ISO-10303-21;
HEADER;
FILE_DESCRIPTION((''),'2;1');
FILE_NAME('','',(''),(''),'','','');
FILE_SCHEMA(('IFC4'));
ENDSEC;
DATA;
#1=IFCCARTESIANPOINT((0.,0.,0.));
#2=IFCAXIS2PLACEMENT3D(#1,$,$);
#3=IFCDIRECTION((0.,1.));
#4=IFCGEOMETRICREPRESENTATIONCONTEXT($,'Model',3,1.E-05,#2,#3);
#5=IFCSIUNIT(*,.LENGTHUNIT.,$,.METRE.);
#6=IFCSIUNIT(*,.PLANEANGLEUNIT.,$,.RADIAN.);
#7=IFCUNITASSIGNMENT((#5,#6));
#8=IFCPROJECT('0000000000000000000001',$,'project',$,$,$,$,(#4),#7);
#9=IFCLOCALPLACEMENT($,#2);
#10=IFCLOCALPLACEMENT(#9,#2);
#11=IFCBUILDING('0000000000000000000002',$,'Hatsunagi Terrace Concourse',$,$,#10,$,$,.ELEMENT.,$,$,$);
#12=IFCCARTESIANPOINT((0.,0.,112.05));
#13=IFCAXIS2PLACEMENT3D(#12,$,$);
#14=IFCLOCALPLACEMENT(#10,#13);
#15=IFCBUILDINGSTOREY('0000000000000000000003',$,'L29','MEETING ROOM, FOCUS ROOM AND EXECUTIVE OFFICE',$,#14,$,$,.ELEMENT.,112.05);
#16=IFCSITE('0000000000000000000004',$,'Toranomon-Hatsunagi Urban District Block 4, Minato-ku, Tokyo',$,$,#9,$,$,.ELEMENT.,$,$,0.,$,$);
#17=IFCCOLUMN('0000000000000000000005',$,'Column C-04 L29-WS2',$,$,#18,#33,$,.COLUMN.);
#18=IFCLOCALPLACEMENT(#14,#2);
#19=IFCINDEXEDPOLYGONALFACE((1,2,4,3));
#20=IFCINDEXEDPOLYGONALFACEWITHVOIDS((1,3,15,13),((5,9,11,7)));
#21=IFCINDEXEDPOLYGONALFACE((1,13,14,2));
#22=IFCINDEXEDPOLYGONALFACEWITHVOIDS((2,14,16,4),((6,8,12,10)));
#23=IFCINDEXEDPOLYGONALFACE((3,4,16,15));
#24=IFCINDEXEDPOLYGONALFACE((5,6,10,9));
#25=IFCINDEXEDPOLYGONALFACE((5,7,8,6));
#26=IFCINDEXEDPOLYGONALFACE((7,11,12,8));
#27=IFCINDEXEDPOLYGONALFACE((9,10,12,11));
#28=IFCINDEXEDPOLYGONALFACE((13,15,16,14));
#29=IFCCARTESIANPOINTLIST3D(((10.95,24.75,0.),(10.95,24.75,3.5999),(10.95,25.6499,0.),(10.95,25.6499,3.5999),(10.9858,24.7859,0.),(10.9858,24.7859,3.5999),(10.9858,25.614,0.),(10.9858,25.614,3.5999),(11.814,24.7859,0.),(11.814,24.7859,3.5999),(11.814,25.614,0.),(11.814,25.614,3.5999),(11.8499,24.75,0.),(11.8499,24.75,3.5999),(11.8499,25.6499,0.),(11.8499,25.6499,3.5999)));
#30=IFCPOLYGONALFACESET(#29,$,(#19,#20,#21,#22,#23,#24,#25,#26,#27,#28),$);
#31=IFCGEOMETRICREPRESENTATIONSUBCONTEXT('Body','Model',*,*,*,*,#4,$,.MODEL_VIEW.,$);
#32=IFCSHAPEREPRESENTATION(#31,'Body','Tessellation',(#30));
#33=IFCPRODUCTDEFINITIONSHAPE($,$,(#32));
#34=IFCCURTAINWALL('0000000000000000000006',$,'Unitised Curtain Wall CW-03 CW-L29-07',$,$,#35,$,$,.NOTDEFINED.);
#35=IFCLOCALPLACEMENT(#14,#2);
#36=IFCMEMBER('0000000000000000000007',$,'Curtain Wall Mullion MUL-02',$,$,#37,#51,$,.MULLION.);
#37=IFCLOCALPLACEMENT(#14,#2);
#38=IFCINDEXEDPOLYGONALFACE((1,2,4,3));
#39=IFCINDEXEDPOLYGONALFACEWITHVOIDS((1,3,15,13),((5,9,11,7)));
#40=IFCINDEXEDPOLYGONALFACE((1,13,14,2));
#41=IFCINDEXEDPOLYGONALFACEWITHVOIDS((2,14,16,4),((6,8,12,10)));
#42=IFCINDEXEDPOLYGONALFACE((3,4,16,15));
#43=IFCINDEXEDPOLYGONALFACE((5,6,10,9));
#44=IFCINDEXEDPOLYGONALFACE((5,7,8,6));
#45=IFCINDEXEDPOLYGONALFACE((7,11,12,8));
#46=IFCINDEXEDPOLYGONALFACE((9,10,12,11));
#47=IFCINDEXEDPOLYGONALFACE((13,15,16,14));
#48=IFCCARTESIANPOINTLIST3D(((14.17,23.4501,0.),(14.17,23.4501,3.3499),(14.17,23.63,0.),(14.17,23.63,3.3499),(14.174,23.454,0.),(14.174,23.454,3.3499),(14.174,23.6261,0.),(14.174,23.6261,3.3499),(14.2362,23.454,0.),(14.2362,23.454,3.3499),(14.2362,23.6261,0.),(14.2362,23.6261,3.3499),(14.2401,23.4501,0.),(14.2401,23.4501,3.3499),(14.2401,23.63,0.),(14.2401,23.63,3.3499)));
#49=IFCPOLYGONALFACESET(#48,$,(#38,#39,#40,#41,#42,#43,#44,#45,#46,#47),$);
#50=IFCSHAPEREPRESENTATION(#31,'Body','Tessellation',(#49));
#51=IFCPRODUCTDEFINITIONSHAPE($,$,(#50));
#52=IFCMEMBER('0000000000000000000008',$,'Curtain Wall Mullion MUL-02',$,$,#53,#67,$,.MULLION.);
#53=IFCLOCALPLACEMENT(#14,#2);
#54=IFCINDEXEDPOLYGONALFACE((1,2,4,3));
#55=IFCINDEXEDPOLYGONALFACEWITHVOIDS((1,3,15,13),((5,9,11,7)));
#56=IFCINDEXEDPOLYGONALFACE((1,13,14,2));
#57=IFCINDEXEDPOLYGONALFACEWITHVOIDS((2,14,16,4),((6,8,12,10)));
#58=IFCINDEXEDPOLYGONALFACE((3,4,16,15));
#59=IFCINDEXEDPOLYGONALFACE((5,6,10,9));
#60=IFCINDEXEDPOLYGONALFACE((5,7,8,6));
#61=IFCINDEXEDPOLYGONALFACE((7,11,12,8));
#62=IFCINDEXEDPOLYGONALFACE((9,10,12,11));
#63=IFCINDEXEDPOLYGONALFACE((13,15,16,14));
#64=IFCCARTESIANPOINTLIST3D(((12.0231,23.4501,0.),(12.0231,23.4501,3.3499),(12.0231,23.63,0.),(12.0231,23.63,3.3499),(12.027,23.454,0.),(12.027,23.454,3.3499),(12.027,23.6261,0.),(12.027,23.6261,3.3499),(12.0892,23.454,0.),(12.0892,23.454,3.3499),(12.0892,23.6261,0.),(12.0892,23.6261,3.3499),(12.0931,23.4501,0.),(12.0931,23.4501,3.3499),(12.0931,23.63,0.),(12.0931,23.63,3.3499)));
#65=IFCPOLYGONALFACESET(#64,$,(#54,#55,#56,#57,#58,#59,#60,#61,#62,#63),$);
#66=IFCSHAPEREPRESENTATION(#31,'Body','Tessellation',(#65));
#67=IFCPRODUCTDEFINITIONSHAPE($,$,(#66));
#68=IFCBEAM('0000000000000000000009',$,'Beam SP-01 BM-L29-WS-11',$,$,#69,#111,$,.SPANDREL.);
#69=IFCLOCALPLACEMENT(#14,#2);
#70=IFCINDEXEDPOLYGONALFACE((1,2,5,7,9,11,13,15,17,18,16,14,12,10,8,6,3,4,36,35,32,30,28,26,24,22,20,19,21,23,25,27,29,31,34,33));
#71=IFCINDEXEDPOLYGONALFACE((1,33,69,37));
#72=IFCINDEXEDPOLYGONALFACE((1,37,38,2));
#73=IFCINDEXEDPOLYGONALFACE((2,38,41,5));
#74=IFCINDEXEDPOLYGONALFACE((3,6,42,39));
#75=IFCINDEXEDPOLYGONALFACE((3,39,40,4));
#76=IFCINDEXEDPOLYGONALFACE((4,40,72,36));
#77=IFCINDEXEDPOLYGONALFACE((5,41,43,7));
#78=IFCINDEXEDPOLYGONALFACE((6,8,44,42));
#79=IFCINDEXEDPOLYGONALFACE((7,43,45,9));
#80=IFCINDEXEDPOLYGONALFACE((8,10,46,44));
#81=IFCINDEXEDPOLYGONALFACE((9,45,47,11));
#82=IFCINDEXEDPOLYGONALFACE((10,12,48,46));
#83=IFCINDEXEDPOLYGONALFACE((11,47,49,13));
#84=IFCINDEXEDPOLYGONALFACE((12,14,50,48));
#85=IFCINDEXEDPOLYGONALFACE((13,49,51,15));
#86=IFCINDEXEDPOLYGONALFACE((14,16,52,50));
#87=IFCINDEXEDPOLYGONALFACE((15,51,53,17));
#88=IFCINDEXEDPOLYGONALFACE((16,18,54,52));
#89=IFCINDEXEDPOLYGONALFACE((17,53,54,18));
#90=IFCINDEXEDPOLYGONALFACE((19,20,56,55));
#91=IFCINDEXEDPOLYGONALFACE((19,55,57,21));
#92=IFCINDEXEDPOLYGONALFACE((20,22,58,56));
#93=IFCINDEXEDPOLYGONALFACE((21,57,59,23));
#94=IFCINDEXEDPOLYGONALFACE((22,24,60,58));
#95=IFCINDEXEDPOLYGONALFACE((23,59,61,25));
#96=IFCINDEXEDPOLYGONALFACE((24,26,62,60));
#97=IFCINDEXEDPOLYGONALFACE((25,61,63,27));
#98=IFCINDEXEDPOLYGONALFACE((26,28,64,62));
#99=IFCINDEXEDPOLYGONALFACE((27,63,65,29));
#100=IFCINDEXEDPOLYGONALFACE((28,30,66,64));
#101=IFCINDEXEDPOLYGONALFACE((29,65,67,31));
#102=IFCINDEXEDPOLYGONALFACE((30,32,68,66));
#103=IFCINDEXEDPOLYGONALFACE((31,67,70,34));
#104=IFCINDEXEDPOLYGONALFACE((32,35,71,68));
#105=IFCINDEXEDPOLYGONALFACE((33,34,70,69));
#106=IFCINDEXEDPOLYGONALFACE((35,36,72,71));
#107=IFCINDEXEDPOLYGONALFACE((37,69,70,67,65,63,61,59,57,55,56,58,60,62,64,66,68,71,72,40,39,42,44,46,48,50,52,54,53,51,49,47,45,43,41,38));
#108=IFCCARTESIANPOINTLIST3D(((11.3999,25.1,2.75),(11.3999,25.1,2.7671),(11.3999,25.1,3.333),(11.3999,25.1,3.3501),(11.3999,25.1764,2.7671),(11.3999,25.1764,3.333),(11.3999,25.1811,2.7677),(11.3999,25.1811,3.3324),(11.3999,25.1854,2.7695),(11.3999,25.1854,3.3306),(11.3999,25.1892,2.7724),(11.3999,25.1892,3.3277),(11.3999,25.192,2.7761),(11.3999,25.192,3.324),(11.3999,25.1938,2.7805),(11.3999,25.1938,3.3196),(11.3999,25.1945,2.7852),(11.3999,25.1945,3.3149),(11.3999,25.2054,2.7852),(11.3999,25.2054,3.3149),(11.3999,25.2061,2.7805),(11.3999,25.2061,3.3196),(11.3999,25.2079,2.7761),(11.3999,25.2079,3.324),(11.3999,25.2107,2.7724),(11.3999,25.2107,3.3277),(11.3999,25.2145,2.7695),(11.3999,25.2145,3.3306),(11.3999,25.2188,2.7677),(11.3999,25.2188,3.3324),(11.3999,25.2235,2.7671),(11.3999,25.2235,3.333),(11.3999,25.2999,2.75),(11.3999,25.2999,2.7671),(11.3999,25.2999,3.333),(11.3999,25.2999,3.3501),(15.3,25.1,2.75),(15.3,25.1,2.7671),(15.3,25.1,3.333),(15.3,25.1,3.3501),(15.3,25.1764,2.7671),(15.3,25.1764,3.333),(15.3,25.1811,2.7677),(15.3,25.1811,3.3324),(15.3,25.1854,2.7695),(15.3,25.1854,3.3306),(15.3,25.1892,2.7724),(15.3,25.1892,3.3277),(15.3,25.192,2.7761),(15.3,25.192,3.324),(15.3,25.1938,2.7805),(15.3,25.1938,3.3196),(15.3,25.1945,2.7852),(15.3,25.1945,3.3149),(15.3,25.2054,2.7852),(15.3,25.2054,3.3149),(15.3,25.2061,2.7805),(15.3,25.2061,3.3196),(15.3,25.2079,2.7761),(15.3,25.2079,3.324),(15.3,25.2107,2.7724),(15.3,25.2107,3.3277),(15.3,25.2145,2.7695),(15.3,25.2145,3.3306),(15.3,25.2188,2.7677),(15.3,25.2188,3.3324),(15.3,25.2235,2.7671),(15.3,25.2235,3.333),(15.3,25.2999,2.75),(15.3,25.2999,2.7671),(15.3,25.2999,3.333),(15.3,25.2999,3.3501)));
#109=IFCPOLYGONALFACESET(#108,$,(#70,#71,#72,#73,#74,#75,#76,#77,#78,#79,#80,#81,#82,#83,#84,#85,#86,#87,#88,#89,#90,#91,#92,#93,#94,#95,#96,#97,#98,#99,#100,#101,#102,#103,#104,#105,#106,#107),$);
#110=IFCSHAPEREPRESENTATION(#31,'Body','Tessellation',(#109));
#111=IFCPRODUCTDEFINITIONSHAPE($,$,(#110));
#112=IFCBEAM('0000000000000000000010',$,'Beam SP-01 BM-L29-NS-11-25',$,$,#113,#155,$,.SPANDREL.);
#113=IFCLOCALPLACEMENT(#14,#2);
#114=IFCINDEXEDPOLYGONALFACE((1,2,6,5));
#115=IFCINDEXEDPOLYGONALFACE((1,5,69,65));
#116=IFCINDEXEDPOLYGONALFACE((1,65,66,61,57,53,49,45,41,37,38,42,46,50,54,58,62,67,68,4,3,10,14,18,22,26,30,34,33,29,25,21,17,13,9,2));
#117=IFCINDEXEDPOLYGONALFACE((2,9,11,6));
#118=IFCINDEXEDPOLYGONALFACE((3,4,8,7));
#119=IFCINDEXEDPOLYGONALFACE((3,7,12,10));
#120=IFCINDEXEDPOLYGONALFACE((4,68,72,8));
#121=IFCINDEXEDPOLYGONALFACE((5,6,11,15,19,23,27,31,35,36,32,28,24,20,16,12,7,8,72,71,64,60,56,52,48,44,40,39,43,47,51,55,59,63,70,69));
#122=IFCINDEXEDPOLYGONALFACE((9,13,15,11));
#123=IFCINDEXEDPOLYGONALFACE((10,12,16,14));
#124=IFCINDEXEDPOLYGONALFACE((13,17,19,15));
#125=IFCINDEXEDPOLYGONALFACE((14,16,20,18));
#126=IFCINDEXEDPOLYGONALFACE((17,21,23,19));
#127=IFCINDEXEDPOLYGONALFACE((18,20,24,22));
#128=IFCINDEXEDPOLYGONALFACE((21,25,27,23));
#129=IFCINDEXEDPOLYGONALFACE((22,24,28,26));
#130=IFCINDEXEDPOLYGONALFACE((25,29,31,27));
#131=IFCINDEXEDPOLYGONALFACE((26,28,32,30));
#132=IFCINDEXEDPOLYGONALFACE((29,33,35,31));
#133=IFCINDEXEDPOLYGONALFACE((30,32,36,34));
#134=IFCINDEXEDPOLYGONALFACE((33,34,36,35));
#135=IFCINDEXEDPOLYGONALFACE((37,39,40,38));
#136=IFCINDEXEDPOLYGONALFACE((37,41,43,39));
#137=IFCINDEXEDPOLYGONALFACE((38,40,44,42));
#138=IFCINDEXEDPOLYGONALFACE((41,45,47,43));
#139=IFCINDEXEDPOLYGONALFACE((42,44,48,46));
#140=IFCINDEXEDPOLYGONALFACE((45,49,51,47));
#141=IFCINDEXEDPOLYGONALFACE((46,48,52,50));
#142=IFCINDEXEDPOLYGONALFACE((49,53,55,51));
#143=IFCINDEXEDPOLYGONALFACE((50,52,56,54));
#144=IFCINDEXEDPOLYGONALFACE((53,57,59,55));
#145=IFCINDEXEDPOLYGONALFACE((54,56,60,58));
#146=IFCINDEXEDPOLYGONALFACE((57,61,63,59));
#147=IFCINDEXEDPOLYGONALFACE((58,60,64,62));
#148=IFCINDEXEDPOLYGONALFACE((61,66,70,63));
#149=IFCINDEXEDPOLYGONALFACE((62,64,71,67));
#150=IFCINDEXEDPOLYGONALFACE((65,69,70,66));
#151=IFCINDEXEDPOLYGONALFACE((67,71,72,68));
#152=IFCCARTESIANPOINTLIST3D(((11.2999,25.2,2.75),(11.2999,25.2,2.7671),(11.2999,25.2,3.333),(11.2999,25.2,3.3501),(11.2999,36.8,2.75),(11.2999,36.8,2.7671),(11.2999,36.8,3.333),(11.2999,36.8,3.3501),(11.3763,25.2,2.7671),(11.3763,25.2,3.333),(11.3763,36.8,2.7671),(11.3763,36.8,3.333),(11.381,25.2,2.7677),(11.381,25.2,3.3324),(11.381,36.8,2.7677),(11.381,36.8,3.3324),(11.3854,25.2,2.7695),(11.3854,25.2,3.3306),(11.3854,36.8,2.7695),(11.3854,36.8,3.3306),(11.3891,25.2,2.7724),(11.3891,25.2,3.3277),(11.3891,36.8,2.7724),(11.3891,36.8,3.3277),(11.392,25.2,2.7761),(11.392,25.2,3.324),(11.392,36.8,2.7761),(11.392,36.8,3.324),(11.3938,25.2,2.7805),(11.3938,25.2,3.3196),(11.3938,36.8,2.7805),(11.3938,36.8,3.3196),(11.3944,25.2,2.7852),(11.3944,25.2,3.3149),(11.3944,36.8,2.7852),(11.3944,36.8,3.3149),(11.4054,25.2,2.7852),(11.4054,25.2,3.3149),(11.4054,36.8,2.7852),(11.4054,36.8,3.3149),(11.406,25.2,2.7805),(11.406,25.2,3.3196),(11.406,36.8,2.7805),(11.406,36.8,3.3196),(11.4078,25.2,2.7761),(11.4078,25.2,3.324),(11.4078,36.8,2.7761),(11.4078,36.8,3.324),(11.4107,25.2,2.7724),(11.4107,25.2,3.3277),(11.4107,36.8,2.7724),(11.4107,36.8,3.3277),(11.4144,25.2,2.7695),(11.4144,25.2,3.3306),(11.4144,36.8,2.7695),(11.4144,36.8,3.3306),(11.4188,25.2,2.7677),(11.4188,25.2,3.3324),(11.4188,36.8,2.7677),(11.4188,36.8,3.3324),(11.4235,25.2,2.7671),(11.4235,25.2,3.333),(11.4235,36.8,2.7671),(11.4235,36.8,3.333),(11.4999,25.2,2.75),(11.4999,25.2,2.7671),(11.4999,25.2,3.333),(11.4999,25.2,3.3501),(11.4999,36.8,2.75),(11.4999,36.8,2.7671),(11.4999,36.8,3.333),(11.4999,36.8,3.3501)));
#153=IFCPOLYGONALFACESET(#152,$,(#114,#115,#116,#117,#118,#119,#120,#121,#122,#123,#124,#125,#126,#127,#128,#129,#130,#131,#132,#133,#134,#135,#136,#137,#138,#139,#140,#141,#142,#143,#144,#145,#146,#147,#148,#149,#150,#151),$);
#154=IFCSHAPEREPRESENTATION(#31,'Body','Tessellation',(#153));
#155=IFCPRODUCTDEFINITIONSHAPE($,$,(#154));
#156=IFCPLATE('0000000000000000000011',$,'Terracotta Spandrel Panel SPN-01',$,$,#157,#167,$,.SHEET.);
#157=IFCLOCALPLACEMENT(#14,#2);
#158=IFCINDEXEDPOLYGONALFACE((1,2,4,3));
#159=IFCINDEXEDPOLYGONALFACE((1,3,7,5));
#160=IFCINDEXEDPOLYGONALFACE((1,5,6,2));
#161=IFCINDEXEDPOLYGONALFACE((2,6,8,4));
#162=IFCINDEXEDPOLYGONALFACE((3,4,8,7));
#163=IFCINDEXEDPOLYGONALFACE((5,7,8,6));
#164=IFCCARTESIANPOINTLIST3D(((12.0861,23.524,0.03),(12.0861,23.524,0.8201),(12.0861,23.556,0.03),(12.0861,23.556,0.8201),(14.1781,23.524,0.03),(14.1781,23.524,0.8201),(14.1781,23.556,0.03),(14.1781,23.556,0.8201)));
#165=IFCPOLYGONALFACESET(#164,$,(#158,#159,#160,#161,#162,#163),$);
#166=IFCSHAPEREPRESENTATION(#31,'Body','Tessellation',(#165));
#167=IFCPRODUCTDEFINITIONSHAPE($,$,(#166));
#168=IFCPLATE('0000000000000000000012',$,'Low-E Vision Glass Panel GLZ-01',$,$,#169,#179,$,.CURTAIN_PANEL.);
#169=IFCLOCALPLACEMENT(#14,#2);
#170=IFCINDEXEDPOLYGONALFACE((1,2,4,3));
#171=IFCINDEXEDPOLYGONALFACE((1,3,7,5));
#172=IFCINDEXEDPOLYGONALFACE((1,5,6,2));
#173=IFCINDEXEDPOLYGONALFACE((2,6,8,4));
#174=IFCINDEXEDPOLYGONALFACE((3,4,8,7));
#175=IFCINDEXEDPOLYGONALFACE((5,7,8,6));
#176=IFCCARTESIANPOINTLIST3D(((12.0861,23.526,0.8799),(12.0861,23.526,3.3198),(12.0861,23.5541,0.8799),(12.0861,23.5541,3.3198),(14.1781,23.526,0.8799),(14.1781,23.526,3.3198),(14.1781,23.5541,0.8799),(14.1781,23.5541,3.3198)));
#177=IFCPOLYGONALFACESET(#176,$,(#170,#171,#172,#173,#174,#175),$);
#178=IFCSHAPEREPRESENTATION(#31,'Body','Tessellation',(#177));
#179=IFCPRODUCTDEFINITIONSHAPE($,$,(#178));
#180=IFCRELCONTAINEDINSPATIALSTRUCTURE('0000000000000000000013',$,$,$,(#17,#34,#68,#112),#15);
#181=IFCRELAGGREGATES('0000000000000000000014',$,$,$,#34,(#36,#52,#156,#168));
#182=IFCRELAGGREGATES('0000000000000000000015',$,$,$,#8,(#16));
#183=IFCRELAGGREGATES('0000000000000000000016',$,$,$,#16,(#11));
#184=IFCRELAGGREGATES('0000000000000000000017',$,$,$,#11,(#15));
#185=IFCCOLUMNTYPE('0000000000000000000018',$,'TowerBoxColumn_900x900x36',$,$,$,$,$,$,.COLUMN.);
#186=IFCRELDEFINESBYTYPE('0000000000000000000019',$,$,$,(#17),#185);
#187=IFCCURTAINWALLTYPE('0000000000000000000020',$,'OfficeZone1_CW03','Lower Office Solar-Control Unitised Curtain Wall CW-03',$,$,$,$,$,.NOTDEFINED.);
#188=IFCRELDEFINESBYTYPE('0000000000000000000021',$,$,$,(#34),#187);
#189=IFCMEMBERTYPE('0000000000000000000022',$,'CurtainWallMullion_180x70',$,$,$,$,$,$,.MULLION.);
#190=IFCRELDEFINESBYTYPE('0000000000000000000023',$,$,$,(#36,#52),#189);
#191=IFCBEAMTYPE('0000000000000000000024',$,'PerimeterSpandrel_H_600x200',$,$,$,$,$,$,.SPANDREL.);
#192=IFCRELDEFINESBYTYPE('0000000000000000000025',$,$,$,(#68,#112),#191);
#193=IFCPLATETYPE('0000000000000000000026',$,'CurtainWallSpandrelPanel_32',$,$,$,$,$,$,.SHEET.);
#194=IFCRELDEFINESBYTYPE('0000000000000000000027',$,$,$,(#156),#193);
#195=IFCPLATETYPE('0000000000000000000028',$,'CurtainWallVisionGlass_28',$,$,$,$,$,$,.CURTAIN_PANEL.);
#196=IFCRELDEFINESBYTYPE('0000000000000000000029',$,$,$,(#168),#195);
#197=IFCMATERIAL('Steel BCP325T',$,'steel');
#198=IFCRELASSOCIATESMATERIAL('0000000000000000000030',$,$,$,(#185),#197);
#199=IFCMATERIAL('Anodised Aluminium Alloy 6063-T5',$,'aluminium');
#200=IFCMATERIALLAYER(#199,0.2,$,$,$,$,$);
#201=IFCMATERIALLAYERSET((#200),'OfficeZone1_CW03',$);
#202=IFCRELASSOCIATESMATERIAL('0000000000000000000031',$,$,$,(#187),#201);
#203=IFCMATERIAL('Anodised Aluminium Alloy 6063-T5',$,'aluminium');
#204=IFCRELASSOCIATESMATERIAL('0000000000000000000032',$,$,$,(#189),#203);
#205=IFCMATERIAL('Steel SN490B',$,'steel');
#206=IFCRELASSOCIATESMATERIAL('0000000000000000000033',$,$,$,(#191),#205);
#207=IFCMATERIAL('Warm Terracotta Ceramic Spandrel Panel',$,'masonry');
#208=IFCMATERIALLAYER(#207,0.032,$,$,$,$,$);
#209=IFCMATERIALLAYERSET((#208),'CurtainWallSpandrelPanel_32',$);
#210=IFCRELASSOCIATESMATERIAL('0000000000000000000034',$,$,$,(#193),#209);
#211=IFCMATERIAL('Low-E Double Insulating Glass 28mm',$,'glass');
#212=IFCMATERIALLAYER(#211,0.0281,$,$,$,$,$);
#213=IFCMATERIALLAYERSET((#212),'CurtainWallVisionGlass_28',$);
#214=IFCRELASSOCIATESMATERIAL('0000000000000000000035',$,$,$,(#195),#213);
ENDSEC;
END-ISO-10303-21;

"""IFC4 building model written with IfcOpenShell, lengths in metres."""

from ifc_helpers import new_model, si_unit, direction, frame, origin, origin_2d, place, context, subcontext, project, spatial, rectangle, hollow_rectangle, i_section, extrude, material, layer, layer_set, material_profile, profile_set, type_object, element, aggregate, save


model = new_model("IFC4")

# Units and contexts
model_context = context("Model", 3, precision=1e-05, world=origin(), true_north=direction((0.0, 1.0)))
body_context = subcontext(model_context, "Body", "Model", "MODEL_VIEW")
ifc_project = project(units=[si_unit("LENGTHUNIT", "METRE"), si_unit("PLANEANGLEUNIT", "RADIAN")], contexts=[model_context])

# Site, building, storey
site_placement = place(None, origin())
site = spatial("IfcSite", under=ifc_project, at=site_placement, Name="Toranomon-Hatsunagi Urban District Block 4, Minato-ku, Tokyo", CompositionType="ELEMENT", RefElevation=0.0)
building_placement = place(site_placement, origin())
building = spatial("IfcBuilding", under=site, at=building_placement, Name="Hatsunagi Terrace Concourse", CompositionType="ELEMENT")
storey_placement = place(building_placement, frame((0.0, 0.0, 112.05)))
storey = spatial("IfcBuildingStorey", under=building, at=storey_placement, Name="L29", Description="MEETING ROOM, FOCUS ROOM AND EXECUTIVE OFFICE", CompositionType="ELEMENT", Elevation=112.05)

# Column
ifc_material_1 = material(Name="Steel BCP325T", Category="steel")
ifc_material_profile_1 = material_profile(ifc_material_1, hollow_rectangle(XDim=0.8999, YDim=0.8999, WallThickness=0.0359, at=origin_2d()), Name="BCP-900x900x36")
ifc_profile_set_1 = profile_set([ifc_material_profile_1], Name="Steel BCP325T")
column_type = type_object("IfcColumnType", Name="TowerBoxColumn_900x900x36", PredefinedType="COLUMN", material=ifc_profile_set_1)
column_placement = place(storey_placement, frame((11.3999, 25.2, 0.0), z_axis=(0.0, 0.0, 1.0), x_axis=(1.0, 0.0, 0.0)))
element("IfcColumn", 1, at=column_placement, inside=storey, type_object=column_type, Name="Column C-04 L29-WS2", PredefinedType="COLUMN", context=body_context, shape_type="SweptSolid", body=[
    extrude(hollow_rectangle(XDim=0.8999, YDim=0.8999, WallThickness=0.0359, at=origin_2d()), origin(), (0.0, 0.0, 1.0), 3.5999),
])

# Curtain wall, members
ifc_material_2 = material(Name="Anodised Aluminium Alloy 6063-T5", Category="aluminium")
ifc_layer_1 = layer(ifc_material_2, 0.2)
ifc_layer_set_1 = layer_set([ifc_layer_1], Name="OfficeZone1_CW03")
curtain_wall_type = type_object("IfcCurtainWallType", Name="OfficeZone1_CW03", Description="Lower Office Solar-Control Unitised Curtain Wall CW-03", PredefinedType="NOTDEFINED", material=ifc_layer_set_1)
curtain_wall_placement = place(storey_placement, origin())
curtain_wall = element("IfcCurtainWall", 2, at=curtain_wall_placement, inside=storey, type_object=curtain_wall_type, Name="Unitised Curtain Wall CW-03 CW-L29-07", PredefinedType="NOTDEFINED")
ifc_material_3 = material(Name="Anodised Aluminium Alloy 6063-T5", Category="aluminium")
ifc_material_profile_2 = material_profile(ifc_material_3, hollow_rectangle(XDim=0.0701, YDim=0.1799, WallThickness=0.0039, at=origin_2d()), Name="ALU-MUL-180x70x4")
ifc_profile_set_2 = profile_set([ifc_material_profile_2], Name="Anodised Aluminium Alloy 6063-T5")
member_type = type_object("IfcMemberType", Name="CurtainWallMullion_180x70", PredefinedType="MULLION", material=ifc_profile_set_2)
member_1_placement = place(storey_placement, frame((14.2051, 23.54, 0.0), z_axis=(0.0, 0.0, 1.0), x_axis=(-1.0, 0.0, 0.0)))
member_1 = element("IfcMember", 3, at=member_1_placement, type_object=member_type, Name="Curtain Wall Mullion MUL-02", PredefinedType="MULLION", context=body_context, shape_type="SweptSolid", body=[
    extrude(hollow_rectangle(XDim=0.0701, YDim=0.1799, WallThickness=0.0039, at=origin_2d()), origin(), (0.0, 0.0, 1.0), 3.3499),
])
member_2_placement = place(storey_placement, frame((12.0581, 23.54, 0.0), z_axis=(0.0, 0.0, 1.0), x_axis=(-1.0, 0.0, 0.0)))
member_2 = element("IfcMember", 4, at=member_2_placement, type_object=member_type, Name="Curtain Wall Mullion MUL-02", PredefinedType="MULLION", context=body_context, shape_type="SweptSolid", body=[
    extrude(hollow_rectangle(XDim=0.0701, YDim=0.1799, WallThickness=0.0039, at=origin_2d()), origin(), (0.0, 0.0, 1.0), 3.3499),
])

# Beams
ifc_material_4 = material(Name="Steel SN490B", Category="steel")
ifc_material_profile_3 = material_profile(ifc_material_4, i_section(OverallWidth=0.2, OverallDepth=0.6001, WebThickness=0.011, FlangeThickness=0.0171, FilletRadius=0.0181, at=origin_2d()), Name="H-600x200x11x17")
ifc_profile_set_3 = profile_set([ifc_material_profile_3], Name="Steel SN490B")
beam_type = type_object("IfcBeamType", Name="PerimeterSpandrel_H_600x200", PredefinedType="SPANDREL", material=ifc_profile_set_3)
beam_1_placement = place(storey_placement, frame((11.3999, 25.2, 3.05), z_axis=(1.0, 0.0, 0.0), x_axis=(0.0, 1.0, 0.0)))
element("IfcBeam", 5, at=beam_1_placement, inside=storey, type_object=beam_type, Name="Beam SP-01 BM-L29-WS-11", PredefinedType="SPANDREL", context=body_context, shape_type="SweptSolid", body=[
    extrude(i_section(OverallWidth=0.2, OverallDepth=0.6001, WebThickness=0.011, FlangeThickness=0.0171, FilletRadius=0.0181, at=origin_2d()), origin(), (0.0, 0.0, 1.0), 3.9001),
])
beam_2_placement = place(storey_placement, frame((11.3999, 25.2, 3.05), z_axis=(0.0, 1.0, 0.0), x_axis=(-1.0, 0.0, 0.0)))
element("IfcBeam", 6, at=beam_2_placement, inside=storey, type_object=beam_type, Name="Beam SP-01 BM-L29-NS-11-25", PredefinedType="SPANDREL", context=body_context, shape_type="SweptSolid", body=[
    extrude(i_section(OverallWidth=0.2, OverallDepth=0.6001, WebThickness=0.011, FlangeThickness=0.0171, FilletRadius=0.0181, at=origin_2d()), origin(), (0.0, 0.0, 1.0), 11.6001),
])

# Plates
ifc_material_5 = material(Name="Warm Terracotta Ceramic Spandrel Panel", Category="masonry")
ifc_layer_2 = layer(ifc_material_5, 0.032)
ifc_layer_set_2 = layer_set([ifc_layer_2], Name="CurtainWallSpandrelPanel_32")
plate_type_1 = type_object("IfcPlateType", Name="CurtainWallSpandrelPanel_32", PredefinedType="SHEET", material=ifc_layer_set_2)
plate_1_placement = place(storey_placement, frame((13.1321, 23.54, 0.03), z_axis=(0.0, 0.0, 1.0), x_axis=(-1.0, 0.0, 0.0)))
plate_1 = element("IfcPlate", 7, at=plate_1_placement, type_object=plate_type_1, Name="Terracotta Spandrel Panel SPN-01", PredefinedType="SHEET", context=body_context, shape_type="SweptSolid", body=[
    extrude(rectangle(XDim=2.092, YDim=0.032, at=origin_2d()), origin(), (0.0, 0.0, 1.0), 0.79),
])
ifc_material_6 = material(Name="Low-E Double Insulating Glass 28mm", Category="glass")
ifc_layer_3 = layer(ifc_material_6, 0.0281)
ifc_layer_set_3 = layer_set([ifc_layer_3], Name="CurtainWallVisionGlass_28")
plate_type_2 = type_object("IfcPlateType", Name="CurtainWallVisionGlass_28", PredefinedType="CURTAIN_PANEL", material=ifc_layer_set_3)
plate_2_placement = place(storey_placement, frame((13.1321, 23.54, 0.8799), z_axis=(0.0, 0.0, 1.0), x_axis=(-1.0, 0.0, 0.0)))
plate_2 = element("IfcPlate", 8, at=plate_2_placement, type_object=plate_type_2, Name="Low-E Vision Glass Panel GLZ-01", PredefinedType="CURTAIN_PANEL", context=body_context, shape_type="SweptSolid", body=[
    extrude(rectangle(XDim=2.092, YDim=0.0281, at=origin_2d()), origin(), (0.0, 0.0, 1.0), 2.4399),
])
aggregate(curtain_wall, [member_1, member_2, plate_1, plate_2])

save(model, "model.ifc")
